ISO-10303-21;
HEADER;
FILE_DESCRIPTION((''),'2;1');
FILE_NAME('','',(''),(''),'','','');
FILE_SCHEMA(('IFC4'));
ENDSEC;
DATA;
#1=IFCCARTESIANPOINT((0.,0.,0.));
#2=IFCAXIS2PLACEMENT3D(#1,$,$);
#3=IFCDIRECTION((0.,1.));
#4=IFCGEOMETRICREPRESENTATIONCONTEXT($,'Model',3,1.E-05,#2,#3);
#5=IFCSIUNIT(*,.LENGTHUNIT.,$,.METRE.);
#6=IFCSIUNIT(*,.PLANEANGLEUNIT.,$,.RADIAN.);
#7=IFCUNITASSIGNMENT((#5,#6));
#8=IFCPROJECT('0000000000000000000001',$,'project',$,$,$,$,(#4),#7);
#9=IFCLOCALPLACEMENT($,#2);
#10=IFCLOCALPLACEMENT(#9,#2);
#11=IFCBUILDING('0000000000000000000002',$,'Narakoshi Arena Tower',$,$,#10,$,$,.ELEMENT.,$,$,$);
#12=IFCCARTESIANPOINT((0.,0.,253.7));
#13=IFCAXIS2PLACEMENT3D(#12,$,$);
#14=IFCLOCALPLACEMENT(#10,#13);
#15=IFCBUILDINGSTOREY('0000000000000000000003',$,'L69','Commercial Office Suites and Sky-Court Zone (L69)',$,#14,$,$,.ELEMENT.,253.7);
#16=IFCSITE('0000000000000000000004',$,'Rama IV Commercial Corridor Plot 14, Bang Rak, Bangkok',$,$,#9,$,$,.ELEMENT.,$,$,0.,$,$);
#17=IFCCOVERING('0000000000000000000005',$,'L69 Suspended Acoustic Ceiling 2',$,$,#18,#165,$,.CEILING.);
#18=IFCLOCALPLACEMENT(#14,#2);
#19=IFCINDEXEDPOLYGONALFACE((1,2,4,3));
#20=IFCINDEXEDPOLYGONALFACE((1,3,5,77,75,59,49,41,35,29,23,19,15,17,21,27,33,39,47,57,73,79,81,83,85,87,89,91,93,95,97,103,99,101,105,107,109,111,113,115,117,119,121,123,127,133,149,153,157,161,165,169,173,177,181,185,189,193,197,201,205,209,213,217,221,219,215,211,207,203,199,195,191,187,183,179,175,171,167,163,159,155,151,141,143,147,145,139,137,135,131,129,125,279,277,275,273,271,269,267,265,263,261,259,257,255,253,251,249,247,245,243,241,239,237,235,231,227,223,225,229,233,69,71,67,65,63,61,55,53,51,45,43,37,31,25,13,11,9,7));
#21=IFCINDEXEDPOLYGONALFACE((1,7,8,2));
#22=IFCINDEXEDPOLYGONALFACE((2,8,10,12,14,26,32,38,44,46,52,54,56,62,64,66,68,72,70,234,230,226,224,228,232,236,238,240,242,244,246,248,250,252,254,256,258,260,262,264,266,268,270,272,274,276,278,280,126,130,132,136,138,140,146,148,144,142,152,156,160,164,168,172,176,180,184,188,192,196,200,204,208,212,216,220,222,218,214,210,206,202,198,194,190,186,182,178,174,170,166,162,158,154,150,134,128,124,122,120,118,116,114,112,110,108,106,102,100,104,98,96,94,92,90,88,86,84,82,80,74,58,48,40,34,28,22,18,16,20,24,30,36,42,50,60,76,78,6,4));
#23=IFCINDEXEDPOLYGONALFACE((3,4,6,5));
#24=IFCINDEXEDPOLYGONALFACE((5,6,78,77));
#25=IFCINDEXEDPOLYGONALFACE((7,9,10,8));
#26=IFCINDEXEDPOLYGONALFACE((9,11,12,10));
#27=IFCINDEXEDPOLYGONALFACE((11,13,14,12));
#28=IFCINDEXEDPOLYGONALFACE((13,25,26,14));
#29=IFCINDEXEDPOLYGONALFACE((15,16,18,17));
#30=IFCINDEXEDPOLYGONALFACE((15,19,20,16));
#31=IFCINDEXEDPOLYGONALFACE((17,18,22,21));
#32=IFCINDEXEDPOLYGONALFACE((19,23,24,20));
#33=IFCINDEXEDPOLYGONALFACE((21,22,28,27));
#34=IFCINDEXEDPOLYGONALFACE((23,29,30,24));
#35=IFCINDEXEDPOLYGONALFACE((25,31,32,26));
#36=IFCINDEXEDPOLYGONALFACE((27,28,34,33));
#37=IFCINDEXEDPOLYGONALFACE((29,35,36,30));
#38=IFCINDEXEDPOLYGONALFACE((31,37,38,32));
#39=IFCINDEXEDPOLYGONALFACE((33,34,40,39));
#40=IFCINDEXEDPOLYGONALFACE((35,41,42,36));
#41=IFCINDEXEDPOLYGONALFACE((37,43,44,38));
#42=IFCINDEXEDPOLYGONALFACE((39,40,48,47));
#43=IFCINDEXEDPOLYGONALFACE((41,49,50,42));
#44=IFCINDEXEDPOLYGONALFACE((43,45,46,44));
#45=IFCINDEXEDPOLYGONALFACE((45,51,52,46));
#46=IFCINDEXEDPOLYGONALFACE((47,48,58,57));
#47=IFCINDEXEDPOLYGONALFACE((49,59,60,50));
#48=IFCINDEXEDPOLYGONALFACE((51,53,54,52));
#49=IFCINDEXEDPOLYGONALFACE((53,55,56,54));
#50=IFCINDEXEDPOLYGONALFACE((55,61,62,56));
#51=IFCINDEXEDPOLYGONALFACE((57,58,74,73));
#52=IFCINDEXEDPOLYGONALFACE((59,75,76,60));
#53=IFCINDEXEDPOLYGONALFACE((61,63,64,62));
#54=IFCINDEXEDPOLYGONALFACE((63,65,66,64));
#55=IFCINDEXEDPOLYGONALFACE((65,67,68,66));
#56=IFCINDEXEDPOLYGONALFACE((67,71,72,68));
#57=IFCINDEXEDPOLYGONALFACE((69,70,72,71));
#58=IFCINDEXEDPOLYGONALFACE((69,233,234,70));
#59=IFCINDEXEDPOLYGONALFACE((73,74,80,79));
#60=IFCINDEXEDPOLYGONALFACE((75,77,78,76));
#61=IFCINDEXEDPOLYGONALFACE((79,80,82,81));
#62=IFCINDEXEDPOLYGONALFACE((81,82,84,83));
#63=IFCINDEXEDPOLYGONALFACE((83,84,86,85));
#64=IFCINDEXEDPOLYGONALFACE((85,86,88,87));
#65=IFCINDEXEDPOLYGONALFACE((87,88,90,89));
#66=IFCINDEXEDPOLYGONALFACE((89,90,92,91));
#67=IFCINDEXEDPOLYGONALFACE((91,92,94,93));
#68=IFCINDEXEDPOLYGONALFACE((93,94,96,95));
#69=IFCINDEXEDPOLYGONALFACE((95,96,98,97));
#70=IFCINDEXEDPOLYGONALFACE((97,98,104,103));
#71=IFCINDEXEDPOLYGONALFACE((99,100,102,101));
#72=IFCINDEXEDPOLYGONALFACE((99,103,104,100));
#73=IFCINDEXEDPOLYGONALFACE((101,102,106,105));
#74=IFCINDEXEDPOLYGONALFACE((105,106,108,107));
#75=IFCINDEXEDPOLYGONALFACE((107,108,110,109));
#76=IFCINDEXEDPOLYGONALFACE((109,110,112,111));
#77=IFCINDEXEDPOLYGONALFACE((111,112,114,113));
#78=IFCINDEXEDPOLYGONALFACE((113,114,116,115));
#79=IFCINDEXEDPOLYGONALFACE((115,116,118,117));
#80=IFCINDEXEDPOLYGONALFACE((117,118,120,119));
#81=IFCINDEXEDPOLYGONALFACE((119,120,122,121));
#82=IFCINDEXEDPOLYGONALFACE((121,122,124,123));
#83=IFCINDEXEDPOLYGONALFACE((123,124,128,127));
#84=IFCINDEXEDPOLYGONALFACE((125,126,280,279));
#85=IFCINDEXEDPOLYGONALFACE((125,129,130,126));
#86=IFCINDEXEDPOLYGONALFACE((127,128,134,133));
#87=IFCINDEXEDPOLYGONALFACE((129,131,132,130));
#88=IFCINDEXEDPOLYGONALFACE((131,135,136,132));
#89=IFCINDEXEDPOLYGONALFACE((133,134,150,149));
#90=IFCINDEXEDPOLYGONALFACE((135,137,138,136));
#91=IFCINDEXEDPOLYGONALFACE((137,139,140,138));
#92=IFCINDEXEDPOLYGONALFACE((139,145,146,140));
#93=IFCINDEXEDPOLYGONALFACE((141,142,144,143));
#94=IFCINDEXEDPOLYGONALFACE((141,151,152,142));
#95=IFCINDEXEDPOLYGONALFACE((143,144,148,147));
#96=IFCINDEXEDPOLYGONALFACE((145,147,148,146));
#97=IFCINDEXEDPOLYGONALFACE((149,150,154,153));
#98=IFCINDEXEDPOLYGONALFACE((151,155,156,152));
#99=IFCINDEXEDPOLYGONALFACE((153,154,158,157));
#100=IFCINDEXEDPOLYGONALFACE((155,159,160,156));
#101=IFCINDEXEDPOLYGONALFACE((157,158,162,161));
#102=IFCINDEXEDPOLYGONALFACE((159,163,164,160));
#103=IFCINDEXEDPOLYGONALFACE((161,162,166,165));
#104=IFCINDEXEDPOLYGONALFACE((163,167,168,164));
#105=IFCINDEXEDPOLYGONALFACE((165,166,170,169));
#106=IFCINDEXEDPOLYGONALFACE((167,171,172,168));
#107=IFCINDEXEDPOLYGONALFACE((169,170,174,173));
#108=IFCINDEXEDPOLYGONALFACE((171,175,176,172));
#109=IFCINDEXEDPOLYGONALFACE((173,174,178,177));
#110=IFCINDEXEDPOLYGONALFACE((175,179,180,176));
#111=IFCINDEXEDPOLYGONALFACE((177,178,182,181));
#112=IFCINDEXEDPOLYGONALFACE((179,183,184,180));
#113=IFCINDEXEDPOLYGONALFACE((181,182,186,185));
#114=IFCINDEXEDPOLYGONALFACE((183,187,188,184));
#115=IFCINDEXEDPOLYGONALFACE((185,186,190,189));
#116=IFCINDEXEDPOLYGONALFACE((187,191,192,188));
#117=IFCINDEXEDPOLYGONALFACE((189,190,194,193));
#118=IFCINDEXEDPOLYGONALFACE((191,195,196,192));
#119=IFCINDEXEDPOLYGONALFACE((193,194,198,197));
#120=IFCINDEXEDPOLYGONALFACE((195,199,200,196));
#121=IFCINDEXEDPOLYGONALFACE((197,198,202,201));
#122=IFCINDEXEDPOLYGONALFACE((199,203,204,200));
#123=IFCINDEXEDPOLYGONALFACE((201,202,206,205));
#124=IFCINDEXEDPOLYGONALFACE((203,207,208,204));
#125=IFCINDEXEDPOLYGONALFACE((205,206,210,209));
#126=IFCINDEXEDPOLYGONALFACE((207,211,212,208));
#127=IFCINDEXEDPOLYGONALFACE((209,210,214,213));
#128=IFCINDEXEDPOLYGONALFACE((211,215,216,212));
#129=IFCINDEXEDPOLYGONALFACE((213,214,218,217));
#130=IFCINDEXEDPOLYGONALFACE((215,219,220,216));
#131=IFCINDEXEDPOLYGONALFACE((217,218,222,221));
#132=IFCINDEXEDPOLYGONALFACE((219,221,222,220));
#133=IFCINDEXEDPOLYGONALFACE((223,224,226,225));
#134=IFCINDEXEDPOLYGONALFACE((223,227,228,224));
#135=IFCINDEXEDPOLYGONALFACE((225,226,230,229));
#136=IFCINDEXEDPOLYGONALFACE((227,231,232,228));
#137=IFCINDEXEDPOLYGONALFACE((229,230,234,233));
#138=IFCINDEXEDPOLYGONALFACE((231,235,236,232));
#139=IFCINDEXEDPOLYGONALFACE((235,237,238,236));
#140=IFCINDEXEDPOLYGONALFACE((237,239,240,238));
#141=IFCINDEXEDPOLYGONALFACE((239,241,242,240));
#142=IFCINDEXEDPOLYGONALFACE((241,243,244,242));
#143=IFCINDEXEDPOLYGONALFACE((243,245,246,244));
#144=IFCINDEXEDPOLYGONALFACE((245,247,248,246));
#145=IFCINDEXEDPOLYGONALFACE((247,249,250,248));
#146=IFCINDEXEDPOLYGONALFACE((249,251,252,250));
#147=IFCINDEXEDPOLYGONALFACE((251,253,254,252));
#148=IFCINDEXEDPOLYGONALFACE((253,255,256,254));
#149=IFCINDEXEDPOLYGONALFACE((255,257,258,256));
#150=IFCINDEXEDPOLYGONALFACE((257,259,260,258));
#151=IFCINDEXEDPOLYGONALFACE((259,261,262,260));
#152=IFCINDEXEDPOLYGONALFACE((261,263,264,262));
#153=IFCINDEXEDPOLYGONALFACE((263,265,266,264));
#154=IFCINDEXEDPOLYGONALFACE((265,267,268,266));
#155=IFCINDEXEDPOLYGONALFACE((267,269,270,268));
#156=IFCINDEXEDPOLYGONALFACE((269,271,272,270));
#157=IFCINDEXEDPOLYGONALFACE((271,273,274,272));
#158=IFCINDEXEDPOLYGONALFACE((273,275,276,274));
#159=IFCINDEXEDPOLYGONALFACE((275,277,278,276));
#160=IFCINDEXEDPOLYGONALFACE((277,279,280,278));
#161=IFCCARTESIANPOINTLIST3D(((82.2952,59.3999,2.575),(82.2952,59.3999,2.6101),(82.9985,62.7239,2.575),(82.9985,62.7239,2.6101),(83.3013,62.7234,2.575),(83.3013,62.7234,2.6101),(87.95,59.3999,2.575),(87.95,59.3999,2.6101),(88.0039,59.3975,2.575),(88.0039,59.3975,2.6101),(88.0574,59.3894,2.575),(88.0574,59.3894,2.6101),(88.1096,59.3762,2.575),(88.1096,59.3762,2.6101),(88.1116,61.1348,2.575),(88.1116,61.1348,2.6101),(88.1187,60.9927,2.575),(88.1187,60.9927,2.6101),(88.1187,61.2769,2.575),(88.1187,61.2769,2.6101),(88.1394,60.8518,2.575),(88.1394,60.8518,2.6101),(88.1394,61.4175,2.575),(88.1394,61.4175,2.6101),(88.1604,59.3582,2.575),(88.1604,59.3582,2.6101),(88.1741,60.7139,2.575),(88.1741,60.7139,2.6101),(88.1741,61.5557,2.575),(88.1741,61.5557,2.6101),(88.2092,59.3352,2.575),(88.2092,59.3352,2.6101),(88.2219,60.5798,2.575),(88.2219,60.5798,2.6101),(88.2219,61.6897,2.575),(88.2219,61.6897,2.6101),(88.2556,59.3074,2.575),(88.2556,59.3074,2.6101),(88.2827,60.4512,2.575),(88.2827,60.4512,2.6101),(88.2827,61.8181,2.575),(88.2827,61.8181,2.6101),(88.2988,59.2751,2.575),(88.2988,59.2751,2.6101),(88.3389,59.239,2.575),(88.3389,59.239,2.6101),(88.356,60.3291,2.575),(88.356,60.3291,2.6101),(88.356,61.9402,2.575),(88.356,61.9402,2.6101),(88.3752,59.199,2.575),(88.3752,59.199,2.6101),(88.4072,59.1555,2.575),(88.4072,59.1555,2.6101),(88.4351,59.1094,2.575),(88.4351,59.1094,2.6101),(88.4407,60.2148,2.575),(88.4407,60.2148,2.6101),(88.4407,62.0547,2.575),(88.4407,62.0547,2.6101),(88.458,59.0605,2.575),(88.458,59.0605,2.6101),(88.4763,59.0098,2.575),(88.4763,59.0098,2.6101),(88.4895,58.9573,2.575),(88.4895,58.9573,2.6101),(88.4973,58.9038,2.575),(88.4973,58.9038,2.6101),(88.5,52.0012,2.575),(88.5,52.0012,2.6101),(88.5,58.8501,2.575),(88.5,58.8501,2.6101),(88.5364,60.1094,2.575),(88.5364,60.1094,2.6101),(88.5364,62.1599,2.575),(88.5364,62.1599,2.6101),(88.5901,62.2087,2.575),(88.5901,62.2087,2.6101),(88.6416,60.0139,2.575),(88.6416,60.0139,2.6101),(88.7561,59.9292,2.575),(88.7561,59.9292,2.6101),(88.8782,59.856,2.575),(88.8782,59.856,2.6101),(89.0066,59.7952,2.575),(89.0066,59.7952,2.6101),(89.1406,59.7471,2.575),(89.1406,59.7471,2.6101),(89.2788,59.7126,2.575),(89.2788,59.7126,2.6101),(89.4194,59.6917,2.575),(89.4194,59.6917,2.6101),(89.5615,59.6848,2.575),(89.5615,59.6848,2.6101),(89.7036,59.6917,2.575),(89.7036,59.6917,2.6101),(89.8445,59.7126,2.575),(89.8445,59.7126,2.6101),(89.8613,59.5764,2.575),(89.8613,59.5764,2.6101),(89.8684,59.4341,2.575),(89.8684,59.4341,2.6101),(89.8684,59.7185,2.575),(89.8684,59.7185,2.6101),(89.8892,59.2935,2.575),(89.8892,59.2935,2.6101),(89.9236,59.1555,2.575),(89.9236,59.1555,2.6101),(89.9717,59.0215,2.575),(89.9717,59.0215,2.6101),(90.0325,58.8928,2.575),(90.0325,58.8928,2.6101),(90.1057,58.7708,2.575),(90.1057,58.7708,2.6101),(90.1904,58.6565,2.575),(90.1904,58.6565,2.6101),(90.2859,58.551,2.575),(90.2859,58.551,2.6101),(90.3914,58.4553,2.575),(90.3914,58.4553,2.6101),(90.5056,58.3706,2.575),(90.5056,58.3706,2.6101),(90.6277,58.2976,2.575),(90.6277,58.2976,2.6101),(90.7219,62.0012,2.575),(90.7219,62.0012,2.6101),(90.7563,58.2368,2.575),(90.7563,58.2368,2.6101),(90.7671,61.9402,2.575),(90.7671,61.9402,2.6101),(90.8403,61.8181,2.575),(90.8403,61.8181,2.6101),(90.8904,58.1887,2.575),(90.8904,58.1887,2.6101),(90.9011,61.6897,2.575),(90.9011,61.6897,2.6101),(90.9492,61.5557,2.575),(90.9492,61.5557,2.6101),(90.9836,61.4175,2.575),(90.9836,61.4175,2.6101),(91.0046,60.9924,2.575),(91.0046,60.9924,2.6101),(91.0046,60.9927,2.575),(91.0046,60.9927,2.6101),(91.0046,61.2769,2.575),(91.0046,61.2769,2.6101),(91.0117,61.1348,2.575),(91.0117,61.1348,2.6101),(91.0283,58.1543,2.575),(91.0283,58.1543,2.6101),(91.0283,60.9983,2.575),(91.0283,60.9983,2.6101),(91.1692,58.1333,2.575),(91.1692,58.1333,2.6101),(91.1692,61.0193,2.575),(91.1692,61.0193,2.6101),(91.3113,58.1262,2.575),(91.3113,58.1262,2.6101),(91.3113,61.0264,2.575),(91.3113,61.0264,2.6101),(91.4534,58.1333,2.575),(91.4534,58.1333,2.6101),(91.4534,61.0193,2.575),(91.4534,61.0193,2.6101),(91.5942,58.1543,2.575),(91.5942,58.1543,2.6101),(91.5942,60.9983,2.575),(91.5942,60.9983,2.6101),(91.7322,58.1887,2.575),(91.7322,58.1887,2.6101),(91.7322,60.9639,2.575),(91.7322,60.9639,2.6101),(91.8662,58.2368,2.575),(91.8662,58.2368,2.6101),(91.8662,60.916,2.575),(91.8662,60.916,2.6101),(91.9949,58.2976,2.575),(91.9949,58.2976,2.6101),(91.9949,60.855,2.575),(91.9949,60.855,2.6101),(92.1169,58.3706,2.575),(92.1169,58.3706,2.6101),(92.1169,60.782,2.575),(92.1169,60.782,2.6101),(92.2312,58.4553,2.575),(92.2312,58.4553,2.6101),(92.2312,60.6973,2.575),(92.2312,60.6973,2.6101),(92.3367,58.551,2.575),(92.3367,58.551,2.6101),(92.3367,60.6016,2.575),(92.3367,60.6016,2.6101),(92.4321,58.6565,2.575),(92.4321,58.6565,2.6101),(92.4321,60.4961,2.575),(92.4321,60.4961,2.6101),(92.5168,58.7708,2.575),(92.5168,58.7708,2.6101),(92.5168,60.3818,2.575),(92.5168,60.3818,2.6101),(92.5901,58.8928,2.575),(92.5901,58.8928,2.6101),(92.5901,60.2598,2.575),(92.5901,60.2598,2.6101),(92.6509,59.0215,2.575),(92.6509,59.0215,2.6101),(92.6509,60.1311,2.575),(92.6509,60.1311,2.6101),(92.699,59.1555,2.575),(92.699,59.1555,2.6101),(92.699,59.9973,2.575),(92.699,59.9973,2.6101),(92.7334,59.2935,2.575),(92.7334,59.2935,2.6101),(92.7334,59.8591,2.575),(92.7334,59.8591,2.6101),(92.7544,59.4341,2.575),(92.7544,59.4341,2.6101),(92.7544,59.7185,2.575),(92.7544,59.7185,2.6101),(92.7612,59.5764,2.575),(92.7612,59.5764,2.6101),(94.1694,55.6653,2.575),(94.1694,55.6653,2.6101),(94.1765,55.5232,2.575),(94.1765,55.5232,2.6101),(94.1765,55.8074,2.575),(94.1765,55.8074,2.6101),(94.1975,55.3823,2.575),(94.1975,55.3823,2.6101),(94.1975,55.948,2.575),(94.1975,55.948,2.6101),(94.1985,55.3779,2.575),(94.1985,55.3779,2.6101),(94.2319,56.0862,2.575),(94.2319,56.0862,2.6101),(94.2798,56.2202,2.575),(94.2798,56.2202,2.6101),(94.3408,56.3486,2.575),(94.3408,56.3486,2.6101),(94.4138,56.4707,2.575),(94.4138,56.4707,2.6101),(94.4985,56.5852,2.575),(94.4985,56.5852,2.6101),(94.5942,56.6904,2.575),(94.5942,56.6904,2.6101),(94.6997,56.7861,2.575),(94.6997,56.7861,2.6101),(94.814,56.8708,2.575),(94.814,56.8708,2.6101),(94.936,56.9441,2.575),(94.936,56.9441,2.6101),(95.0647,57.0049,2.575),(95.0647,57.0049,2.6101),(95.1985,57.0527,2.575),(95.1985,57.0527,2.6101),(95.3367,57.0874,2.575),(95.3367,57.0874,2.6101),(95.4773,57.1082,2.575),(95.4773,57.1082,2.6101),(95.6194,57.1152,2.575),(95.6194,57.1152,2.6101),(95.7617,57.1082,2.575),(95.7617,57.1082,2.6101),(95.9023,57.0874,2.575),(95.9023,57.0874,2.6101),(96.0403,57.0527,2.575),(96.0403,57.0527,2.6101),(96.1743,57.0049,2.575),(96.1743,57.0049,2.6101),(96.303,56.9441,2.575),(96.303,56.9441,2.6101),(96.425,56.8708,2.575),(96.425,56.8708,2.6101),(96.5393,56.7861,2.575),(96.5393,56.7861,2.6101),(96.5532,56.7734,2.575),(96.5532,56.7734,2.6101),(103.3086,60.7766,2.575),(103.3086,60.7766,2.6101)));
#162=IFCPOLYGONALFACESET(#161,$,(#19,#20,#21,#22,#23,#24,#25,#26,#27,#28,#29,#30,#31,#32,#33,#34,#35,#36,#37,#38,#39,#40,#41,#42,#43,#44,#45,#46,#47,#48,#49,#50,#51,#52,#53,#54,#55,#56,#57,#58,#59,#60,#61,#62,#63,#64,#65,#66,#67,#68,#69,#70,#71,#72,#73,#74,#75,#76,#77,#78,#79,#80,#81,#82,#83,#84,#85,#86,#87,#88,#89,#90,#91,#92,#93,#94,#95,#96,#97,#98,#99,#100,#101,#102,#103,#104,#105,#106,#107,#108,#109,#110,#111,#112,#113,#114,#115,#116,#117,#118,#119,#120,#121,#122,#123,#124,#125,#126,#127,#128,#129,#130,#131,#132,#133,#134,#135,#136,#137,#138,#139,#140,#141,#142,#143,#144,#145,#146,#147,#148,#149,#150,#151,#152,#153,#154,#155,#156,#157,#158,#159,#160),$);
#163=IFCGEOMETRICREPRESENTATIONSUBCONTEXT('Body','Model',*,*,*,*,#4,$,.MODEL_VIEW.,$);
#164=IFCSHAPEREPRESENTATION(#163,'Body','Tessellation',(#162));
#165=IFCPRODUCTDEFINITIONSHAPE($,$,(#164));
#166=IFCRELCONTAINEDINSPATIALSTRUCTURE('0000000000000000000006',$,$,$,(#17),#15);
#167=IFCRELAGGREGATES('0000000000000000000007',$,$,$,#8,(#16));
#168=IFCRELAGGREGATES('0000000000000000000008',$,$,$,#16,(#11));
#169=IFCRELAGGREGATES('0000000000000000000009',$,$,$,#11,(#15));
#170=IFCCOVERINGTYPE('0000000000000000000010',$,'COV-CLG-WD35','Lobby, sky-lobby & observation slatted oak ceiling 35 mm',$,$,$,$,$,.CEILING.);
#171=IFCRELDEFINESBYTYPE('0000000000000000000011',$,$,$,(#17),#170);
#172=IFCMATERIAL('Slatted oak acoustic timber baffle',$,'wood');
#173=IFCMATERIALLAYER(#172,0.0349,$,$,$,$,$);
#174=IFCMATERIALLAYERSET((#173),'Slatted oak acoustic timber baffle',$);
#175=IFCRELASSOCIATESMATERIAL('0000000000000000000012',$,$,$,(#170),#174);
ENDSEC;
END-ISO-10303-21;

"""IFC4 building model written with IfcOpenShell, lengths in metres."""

from ifc_helpers import new_model, si_unit, direction, frame, origin, place, context, subcontext, project, spatial, polyline, outline, extrude, material, layer, layer_set, type_object, element, save


model = new_model("IFC4")

# Units and contexts
model_context = context("Model", 3, precision=1e-05, world=origin(), true_north=direction((0.0, 1.0)))
body_context = subcontext(model_context, "Body", "Model", "MODEL_VIEW")
ifc_project = project(units=[si_unit("LENGTHUNIT", "METRE"), si_unit("PLANEANGLEUNIT", "RADIAN")], contexts=[model_context])

# Site, building, storey
site_placement = place(None, origin())
site = spatial("IfcSite", under=ifc_project, at=site_placement, Name="Rama IV Commercial Corridor Plot 14, Bang Rak, Bangkok", CompositionType="ELEMENT", RefElevation=0.0)
building_placement = place(site_placement, origin())
building = spatial("IfcBuilding", under=site, at=building_placement, Name="Narakoshi Arena Tower", CompositionType="ELEMENT")
storey_placement = place(building_placement, frame((0.0, 0.0, 253.7)))
storey = spatial("IfcBuildingStorey", under=building, at=storey_placement, Name="L69", Description="Commercial Office Suites and Sky-Court Zone (L69)", CompositionType="ELEMENT", Elevation=253.7)

# Covering
ifc_material_1 = material(Name="Slatted oak acoustic timber baffle", Category="wood")
ifc_layer_1 = layer(ifc_material_1, 0.0349)
ifc_layer_set_1 = layer_set([ifc_layer_1], Name="Slatted oak acoustic timber baffle")
covering_type_1 = type_object("IfcCoveringType", Name="COV-CLG-WD35", Description="Lobby, sky-lobby & observation slatted oak ceiling 35 mm", PredefinedType="CEILING", material=ifc_layer_set_1)
covering_1_placement = place(storey_placement, frame((0.0, 0.0, 2.575)))
element("IfcCovering", 1, at=covering_1_placement, inside=storey, type_object=covering_type_1, Name="L69 Suspended Acoustic Ceiling 2", PredefinedType="CEILING", context=body_context, shape_type="SweptSolid", body=[
    extrude(outline(polyline([(88.5901, 62.2087), (88.5364, 62.1599), (88.4407, 62.0547), (88.356, 61.9402), (88.2827, 61.8181), (88.2219, 61.6897), (88.1741, 61.5557), (88.1394, 61.4175), (88.1187, 61.2769), (88.1116, 61.1348), (88.1187, 60.9927), (88.1394, 60.8518), (88.1741, 60.7139), (88.2219, 60.5798), (88.2827, 60.4512), (88.356, 60.3291), (88.4407, 60.2148), (88.5364, 60.1094), (88.6416, 60.0139), (88.7561, 59.9292), (88.8782, 59.856), (89.0066, 59.7952), (89.1406, 59.7471), (89.2788, 59.7126), (89.4194, 59.6917), (89.5615, 59.6848), (89.7036, 59.6917), (89.8445, 59.7126), (89.8684, 59.7185), (89.8684, 59.7185), (89.8613, 59.5764), (89.8684, 59.4341), (89.8892, 59.2935), (89.9236, 59.1555), (89.9717, 59.0215), (90.0325, 58.8928), (90.1057, 58.7708), (90.1904, 58.6565), (90.2859, 58.551), (90.3914, 58.4553), (90.5056, 58.3706), (90.6277, 58.2976), (90.7563, 58.2368), (90.8904, 58.1887), (91.0283, 58.1543), (91.1692, 58.1333), (91.3113, 58.1262), (91.4534, 58.1333), (91.5942, 58.1543), (91.7322, 58.1887), (91.8662, 58.2368), (91.9949, 58.2976), (92.1169, 58.3706), (92.2312, 58.4553), (92.3367, 58.551), (92.4321, 58.6565), (92.5168, 58.7708), (92.5901, 58.8928), (92.6509, 59.0215), (92.699, 59.1555), (92.7334, 59.2935), (92.7544, 59.4341), (92.7612, 59.5764), (92.7544, 59.7185), (92.7334, 59.8591), (92.699, 59.9973), (92.6509, 60.1311), (92.5901, 60.2598), (92.5168, 60.3818), (92.4321, 60.4961), (92.3367, 60.6016), (92.2312, 60.6973), (92.1169, 60.782), (91.9949, 60.855), (91.8662, 60.916), (91.7322, 60.9639), (91.5942, 60.9983), (91.4534, 61.0193), (91.3113, 61.0264), (91.1692, 61.0193), (91.0283, 60.9983), (91.0046, 60.9924), (91.0046, 60.9927), (91.0117, 61.1348), (91.0046, 61.2769), (90.9836, 61.4175), (90.9492, 61.5557), (90.9011, 61.6897), (90.8403, 61.8181), (90.7671, 61.9402), (90.7219, 62.0012), (103.3086, 60.7766), (96.5532, 56.7734), (96.5393, 56.7861), (96.425, 56.8708), (96.303, 56.9441), (96.1743, 57.0049), (96.0403, 57.0527), (95.9023, 57.0874), (95.7617, 57.1082), (95.6194, 57.1152), (95.4773, 57.1082), (95.3367, 57.0874), (95.1985, 57.0527), (95.0647, 57.0049), (94.936, 56.9441), (94.814, 56.8708), (94.6997, 56.7861), (94.5942, 56.6904), (94.4985, 56.5852), (94.4138, 56.4707), (94.3408, 56.3486), (94.2798, 56.2202), (94.2319, 56.0862), (94.1975, 55.948), (94.1765, 55.8074), (94.1694, 55.6653), (94.1765, 55.5232), (94.1975, 55.3823), (94.1985, 55.3779), (88.5, 52.0012), (88.5, 58.8501), (88.4973, 58.9038), (88.4895, 58.9573), (88.4763, 59.0098), (88.458, 59.0605), (88.4351, 59.1094), (88.4072, 59.1555), (88.3752, 59.199), (88.3389, 59.239), (88.2988, 59.2751), (88.2556, 59.3074), (88.2092, 59.3352), (88.1604, 59.3582), (88.1096, 59.3762), (88.0574, 59.3894), (88.0039, 59.3975), (87.95, 59.3999), (82.2952, 59.3999), (82.9985, 62.7239), (83.3013, 62.7234), (88.5901, 62.2087)])), origin(), (0.0, 0.0, 1.0), 0.0352),
])

save(model, "model.ifc")
